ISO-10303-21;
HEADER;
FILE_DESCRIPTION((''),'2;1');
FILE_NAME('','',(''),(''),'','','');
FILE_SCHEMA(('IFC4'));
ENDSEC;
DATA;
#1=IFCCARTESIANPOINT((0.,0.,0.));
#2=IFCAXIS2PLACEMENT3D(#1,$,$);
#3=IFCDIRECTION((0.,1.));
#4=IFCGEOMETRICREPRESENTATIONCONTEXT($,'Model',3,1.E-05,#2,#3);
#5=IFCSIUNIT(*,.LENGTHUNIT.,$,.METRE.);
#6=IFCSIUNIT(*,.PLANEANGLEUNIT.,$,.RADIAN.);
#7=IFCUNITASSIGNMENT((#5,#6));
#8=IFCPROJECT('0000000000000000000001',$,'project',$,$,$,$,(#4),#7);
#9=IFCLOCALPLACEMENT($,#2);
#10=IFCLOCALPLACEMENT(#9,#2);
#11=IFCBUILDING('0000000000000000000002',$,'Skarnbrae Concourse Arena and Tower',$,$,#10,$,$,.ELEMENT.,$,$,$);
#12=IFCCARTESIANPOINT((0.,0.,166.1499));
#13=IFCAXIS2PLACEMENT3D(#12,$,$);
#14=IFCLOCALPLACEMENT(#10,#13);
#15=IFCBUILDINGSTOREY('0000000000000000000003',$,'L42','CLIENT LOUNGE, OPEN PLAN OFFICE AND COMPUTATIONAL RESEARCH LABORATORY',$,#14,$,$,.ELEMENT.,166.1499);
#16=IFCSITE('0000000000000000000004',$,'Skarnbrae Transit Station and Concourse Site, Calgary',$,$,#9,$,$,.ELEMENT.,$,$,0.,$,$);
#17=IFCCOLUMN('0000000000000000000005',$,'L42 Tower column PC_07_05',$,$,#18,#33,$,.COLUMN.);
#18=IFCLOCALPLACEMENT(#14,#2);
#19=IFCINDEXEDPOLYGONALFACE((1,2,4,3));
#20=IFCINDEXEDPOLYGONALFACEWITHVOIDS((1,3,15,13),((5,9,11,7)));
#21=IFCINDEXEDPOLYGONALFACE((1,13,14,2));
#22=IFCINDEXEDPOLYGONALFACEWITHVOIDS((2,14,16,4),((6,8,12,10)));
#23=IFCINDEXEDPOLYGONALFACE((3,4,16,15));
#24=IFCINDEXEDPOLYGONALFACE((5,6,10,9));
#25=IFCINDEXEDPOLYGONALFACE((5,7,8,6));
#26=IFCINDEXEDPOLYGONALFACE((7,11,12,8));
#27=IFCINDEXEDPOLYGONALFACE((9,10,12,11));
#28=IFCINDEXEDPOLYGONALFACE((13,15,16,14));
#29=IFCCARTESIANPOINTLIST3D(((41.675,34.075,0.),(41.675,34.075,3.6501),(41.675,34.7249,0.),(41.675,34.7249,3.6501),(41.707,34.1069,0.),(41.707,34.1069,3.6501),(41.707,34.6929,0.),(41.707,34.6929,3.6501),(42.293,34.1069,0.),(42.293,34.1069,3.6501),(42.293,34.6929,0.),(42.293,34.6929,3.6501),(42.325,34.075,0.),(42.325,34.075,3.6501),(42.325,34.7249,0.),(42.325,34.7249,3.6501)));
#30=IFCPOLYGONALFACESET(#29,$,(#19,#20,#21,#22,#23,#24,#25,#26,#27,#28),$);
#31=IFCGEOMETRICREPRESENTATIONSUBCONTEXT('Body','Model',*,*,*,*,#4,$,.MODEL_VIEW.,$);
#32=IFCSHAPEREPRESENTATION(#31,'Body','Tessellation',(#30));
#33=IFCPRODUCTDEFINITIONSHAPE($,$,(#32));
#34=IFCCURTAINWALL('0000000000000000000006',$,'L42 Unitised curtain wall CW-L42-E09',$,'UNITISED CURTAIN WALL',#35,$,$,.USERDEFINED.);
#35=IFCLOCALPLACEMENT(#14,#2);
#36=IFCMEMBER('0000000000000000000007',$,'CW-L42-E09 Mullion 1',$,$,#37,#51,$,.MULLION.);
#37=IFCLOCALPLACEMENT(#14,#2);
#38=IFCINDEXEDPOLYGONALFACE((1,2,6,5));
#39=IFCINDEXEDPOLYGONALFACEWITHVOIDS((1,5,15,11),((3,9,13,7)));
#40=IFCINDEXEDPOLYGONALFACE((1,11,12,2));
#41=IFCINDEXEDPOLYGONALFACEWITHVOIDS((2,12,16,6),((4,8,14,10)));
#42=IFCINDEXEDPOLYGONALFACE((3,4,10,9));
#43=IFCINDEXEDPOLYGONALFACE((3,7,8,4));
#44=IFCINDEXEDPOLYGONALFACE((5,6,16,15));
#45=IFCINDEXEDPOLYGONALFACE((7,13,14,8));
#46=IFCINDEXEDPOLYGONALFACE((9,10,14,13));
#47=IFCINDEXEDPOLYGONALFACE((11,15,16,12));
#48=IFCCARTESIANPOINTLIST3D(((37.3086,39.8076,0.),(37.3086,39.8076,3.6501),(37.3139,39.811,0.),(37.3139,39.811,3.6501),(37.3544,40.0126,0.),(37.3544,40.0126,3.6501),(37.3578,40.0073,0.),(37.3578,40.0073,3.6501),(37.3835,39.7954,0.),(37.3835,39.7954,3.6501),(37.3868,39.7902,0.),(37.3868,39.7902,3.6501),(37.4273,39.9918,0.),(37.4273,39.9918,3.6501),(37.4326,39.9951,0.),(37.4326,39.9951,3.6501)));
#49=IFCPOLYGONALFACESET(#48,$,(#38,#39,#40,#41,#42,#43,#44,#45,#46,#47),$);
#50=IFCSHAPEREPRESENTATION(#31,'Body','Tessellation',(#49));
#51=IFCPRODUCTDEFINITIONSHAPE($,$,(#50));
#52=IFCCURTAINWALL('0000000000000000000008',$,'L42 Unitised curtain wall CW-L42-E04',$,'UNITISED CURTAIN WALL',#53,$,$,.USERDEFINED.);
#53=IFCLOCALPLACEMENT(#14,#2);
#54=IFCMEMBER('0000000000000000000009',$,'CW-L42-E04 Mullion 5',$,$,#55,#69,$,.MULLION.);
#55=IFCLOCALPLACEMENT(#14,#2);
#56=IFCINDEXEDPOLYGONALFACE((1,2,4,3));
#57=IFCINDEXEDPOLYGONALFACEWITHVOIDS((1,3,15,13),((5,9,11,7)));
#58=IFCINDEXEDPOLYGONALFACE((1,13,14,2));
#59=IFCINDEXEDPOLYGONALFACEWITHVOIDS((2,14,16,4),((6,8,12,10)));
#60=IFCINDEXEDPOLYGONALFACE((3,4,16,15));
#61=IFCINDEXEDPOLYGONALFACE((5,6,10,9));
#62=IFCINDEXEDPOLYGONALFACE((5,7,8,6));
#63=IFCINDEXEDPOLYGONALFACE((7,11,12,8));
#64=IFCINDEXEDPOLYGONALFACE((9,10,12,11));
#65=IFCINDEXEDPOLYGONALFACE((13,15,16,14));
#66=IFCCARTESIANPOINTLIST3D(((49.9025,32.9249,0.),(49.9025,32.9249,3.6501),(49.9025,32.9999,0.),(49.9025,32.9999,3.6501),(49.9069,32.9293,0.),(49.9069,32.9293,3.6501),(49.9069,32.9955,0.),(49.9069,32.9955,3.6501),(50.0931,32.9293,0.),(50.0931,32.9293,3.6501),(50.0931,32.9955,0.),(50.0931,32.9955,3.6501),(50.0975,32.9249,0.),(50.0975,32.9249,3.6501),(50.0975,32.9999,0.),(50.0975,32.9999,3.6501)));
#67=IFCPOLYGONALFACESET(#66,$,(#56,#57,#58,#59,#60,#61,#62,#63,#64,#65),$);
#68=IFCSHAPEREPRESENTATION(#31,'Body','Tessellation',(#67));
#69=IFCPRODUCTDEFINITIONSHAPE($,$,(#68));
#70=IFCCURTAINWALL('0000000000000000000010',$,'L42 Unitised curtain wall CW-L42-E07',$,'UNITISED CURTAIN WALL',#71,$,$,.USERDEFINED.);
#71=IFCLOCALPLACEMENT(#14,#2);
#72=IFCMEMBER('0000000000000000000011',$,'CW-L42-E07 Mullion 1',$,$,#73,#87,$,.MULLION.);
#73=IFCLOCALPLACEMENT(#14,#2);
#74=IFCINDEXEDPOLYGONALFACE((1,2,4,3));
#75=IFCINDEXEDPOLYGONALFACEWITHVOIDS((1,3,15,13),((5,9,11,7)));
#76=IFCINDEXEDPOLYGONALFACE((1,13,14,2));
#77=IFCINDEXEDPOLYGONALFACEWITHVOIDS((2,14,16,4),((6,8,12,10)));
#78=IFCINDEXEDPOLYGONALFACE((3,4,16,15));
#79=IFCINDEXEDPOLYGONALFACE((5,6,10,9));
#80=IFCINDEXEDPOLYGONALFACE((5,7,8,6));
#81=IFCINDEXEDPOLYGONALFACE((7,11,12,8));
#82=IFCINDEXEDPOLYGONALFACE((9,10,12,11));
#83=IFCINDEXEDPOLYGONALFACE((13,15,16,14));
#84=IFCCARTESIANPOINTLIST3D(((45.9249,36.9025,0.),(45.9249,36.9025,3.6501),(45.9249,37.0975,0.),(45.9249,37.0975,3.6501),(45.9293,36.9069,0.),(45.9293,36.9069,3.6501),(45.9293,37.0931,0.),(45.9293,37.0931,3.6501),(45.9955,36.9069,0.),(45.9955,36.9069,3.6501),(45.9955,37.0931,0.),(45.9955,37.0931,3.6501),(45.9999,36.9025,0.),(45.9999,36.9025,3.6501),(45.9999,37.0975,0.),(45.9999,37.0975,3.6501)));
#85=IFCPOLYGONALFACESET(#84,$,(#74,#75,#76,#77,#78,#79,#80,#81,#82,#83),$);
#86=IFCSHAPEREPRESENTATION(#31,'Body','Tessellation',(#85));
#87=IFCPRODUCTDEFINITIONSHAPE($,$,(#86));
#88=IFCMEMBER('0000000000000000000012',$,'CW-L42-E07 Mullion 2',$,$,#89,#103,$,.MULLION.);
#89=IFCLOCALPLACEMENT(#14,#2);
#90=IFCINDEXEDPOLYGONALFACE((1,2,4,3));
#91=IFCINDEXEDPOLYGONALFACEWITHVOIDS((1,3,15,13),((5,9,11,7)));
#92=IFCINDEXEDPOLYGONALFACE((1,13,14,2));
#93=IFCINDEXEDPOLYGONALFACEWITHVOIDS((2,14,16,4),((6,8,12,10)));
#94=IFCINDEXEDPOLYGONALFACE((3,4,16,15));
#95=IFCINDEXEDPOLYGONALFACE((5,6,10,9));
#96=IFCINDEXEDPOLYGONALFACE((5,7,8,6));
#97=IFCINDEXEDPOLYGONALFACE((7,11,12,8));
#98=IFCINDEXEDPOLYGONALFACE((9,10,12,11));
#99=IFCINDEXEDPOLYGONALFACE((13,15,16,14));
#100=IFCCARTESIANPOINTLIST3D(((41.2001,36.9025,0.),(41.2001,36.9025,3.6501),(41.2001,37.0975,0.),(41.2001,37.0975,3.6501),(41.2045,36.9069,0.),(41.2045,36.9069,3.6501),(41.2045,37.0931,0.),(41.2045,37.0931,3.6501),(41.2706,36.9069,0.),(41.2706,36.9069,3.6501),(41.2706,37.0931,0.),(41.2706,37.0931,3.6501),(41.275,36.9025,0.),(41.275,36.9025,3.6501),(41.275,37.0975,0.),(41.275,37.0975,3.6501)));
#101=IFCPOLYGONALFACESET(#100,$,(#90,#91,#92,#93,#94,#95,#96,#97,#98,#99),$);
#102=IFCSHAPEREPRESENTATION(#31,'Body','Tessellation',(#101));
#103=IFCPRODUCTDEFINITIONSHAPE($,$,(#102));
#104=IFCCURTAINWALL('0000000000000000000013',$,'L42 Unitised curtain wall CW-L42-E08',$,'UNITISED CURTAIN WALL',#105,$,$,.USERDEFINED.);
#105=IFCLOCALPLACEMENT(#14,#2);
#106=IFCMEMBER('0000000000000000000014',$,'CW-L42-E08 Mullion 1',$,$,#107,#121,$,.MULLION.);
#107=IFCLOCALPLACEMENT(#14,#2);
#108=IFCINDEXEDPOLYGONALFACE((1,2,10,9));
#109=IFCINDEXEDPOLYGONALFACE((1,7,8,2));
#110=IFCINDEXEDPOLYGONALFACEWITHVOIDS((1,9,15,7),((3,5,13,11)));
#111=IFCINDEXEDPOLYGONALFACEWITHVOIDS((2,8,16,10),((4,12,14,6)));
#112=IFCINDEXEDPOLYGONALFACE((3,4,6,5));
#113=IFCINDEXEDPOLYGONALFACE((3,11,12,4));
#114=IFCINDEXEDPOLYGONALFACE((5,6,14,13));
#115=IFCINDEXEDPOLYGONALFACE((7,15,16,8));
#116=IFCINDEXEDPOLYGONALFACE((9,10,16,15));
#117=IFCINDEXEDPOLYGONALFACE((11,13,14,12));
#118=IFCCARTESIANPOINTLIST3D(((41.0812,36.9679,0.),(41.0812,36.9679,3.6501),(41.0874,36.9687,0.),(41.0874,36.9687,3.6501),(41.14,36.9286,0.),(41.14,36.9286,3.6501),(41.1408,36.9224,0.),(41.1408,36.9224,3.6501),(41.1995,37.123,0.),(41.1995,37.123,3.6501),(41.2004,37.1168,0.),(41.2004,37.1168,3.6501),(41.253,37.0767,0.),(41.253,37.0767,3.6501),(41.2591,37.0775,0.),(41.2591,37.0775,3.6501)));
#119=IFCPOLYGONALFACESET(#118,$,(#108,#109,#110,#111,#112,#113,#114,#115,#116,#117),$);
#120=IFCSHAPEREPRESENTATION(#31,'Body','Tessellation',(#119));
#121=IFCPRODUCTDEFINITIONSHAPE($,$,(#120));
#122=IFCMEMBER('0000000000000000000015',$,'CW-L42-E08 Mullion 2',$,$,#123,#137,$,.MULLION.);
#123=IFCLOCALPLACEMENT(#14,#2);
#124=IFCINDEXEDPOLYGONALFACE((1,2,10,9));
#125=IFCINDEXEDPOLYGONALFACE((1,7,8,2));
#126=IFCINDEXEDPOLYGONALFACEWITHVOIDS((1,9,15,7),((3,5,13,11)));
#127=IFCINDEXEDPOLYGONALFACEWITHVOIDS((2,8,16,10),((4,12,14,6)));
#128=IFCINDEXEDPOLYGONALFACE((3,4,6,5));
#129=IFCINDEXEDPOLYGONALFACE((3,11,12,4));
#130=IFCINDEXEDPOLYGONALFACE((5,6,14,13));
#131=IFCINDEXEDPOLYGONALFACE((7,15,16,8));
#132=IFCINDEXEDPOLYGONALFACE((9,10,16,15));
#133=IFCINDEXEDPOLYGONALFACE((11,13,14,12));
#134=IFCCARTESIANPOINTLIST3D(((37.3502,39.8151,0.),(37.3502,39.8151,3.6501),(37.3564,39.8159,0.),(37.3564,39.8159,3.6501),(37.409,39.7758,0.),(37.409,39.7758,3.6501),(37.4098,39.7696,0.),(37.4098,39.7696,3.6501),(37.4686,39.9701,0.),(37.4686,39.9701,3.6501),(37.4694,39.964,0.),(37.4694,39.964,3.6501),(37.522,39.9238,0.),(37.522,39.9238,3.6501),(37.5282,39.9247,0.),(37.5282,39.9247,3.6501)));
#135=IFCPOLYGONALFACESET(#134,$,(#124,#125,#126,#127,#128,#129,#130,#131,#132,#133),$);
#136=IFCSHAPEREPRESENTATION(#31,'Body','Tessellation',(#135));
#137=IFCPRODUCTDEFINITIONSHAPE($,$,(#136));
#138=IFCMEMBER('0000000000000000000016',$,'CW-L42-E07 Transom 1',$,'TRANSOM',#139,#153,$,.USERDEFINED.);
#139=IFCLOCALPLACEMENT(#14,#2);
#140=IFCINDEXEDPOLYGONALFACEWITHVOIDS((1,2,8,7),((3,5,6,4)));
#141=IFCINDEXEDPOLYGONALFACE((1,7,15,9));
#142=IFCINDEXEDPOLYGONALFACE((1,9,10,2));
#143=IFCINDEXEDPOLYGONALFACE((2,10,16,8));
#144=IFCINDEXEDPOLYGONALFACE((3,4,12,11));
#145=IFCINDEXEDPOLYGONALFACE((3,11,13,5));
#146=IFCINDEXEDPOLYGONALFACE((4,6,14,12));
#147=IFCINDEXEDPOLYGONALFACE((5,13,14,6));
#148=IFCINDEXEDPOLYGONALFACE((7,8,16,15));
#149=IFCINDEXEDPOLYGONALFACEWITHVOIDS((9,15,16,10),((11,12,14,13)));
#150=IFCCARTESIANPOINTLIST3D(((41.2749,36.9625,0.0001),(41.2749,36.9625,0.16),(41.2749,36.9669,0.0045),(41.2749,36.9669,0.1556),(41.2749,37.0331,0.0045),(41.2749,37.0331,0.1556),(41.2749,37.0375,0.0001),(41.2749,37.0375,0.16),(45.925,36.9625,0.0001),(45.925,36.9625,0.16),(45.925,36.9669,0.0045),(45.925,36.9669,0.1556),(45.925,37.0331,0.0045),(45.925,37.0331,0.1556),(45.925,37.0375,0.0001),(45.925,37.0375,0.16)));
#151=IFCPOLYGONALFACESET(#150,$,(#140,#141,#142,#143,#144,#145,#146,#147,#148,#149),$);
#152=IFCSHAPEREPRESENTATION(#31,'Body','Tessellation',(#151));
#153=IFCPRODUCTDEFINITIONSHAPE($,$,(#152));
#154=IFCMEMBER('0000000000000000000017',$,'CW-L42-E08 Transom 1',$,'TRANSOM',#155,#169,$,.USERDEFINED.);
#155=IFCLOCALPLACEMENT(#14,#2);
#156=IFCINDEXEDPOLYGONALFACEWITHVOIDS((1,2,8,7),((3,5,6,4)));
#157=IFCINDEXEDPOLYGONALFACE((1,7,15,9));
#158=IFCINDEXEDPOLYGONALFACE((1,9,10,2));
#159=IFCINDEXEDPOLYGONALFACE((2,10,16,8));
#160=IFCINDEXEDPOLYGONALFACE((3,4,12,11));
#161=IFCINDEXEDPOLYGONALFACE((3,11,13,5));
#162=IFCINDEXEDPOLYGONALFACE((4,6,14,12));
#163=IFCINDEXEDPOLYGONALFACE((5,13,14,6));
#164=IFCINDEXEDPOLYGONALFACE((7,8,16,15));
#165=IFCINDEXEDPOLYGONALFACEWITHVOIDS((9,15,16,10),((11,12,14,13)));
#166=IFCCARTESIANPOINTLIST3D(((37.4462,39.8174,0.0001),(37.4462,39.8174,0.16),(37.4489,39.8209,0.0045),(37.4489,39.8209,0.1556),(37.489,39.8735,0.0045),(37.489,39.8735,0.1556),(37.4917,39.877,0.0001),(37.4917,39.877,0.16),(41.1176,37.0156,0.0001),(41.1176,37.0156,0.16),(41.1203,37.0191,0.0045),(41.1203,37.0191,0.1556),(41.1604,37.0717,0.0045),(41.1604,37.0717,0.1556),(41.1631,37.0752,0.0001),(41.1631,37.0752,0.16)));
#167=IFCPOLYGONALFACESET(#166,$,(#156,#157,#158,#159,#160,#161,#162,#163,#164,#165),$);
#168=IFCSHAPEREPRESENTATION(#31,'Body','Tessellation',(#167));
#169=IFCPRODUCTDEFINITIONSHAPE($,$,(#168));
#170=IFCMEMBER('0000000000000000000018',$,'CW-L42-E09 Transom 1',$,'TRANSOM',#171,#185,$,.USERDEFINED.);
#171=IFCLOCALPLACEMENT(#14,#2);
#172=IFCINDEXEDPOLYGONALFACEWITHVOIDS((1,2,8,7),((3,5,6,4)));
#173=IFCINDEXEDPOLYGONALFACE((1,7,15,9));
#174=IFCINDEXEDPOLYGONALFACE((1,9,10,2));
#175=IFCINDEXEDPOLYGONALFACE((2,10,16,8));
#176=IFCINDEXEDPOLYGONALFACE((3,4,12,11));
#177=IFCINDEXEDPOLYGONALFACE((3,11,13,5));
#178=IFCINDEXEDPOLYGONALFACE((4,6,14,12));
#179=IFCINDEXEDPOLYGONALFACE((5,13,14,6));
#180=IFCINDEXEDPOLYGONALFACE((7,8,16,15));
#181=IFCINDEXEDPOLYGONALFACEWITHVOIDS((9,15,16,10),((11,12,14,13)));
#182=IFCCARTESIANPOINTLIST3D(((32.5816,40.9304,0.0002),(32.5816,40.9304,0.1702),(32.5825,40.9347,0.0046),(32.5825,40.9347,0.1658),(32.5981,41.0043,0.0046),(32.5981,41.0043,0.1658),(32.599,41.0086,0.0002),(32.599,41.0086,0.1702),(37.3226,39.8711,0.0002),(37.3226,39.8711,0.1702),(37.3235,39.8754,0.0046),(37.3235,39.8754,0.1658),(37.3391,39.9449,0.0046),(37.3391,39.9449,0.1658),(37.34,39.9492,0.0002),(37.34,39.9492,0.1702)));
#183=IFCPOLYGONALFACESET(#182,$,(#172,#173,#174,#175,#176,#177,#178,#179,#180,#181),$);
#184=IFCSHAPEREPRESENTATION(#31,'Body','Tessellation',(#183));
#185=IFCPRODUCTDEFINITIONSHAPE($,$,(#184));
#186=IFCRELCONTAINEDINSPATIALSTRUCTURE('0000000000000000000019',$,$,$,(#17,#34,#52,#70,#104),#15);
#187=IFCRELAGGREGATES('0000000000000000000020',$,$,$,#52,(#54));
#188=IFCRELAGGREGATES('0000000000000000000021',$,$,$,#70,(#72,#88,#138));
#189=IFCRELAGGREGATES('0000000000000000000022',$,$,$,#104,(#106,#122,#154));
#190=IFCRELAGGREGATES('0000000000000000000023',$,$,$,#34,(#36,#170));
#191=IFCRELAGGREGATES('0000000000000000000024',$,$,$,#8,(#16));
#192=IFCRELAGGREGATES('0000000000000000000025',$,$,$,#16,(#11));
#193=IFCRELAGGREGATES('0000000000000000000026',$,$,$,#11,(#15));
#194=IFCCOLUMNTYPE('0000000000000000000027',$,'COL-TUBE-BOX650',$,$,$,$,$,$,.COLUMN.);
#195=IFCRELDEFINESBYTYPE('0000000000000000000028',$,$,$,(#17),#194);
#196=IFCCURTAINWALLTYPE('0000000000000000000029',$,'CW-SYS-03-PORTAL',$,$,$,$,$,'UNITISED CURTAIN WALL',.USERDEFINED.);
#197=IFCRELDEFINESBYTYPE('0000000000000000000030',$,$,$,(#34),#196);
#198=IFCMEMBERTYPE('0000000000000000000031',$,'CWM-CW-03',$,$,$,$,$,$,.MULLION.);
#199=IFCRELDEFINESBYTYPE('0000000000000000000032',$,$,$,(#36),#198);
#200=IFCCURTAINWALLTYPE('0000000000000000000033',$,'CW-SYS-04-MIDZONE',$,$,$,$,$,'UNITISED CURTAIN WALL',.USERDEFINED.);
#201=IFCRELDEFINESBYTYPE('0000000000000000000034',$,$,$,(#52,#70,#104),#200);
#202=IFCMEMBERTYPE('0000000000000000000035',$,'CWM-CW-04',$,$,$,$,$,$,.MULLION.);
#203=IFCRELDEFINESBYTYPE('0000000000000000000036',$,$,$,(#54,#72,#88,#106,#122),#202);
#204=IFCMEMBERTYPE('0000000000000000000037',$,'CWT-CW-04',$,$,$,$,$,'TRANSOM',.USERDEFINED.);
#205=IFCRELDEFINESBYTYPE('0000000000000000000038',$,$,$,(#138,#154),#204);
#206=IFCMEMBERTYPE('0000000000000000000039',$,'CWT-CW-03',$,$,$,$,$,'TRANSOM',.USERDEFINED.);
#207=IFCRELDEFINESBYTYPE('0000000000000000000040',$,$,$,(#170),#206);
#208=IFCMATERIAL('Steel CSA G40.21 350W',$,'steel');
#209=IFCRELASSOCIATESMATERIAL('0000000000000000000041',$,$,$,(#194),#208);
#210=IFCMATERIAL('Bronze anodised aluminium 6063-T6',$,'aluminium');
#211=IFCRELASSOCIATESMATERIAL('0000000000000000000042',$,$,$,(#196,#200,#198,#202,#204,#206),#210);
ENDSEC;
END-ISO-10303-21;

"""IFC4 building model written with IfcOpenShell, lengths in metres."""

from ifc_helpers import new_model, si_unit, direction, frame, origin, origin_2d, place, context, subcontext, project, spatial, hollow_rectangle, extrude, source, transform, mapped, material, material_profile, profile_set, type_object, element, aggregate, save


model = new_model("IFC4")

# Units and contexts
model_context = context("Model", 3, precision=1e-05, world=origin(), true_north=direction((0.0, 1.0)))
body_context = subcontext(model_context, "Body", "Model", "MODEL_VIEW")
ifc_project = project(units=[si_unit("LENGTHUNIT", "METRE"), si_unit("PLANEANGLEUNIT", "RADIAN")], contexts=[model_context])

# Site, building, storey
site_placement = place(None, origin())
site = spatial("IfcSite", under=ifc_project, at=site_placement, Name="Skarnbrae Transit Station and Concourse Site, Calgary", CompositionType="ELEMENT", RefElevation=0.0)
building_placement = place(site_placement, origin())
building = spatial("IfcBuilding", under=site, at=building_placement, Name="Skarnbrae Concourse Arena and Tower", CompositionType="ELEMENT")
storey_placement = place(building_placement, frame((0.0, 0.0, 166.1499)))
storey = spatial("IfcBuildingStorey", under=building, at=storey_placement, Name="L42", Description="CLIENT LOUNGE, OPEN PLAN OFFICE AND COMPUTATIONAL RESEARCH LABORATORY", CompositionType="ELEMENT", Elevation=166.1499)

# Column
ifc_material_1 = material(Name="Steel CSA G40.21 350W", Category="steel")
ifc_material_profile_1 = material_profile(ifc_material_1, hollow_rectangle(XDim=0.6499, YDim=0.6499, WallThickness=0.032, at=origin_2d()), Name="BOX650X650X32")
ifc_profile_set_1 = profile_set([ifc_material_profile_1], Name="Steel CSA G40.21 350W")
column_type = type_object("IfcColumnType", Name="COL-TUBE-BOX650", PredefinedType="COLUMN", material=ifc_profile_set_1)
shared_shape_1 = source(origin(), body_context, "Body", "SweptSolid", [
    extrude(hollow_rectangle(XDim=0.6499, YDim=0.6499, WallThickness=0.032, at=origin_2d()), origin(), (0.0, 0.0, 1.0), 3.6501),
])
column_placement = place(storey_placement, frame((42.0, 34.3999, 0.0), z_axis=(0.0, 0.0, 1.0), x_axis=(1.0, 0.0, 0.0)))
element("IfcColumn", 1, at=column_placement, inside=storey, type_object=column_type, Name="L42 Tower column PC_07_05", PredefinedType="COLUMN", context=body_context, shape_type="MappedRepresentation", body=[
    mapped(shared_shape_1, transform((0.0, 0.0, 0.0))),
])

# Curtain walls, members
ifc_material_2 = material(Name="Bronze anodised aluminium 6063-T6", Category="aluminium")
curtain_wall_type_1 = type_object("IfcCurtainWallType", Name="CW-SYS-03-PORTAL", ElementType="UNITISED CURTAIN WALL", PredefinedType="USERDEFINED", material=ifc_material_2)
curtain_wall_1_placement = place(storey_placement, origin())
curtain_wall_1 = element("IfcCurtainWall", 2, at=curtain_wall_1_placement, inside=storey, type_object=curtain_wall_type_1, Name="L42 Unitised curtain wall CW-L42-E09", ObjectType="UNITISED CURTAIN WALL", PredefinedType="USERDEFINED")
ifc_material_profile_2 = material_profile(ifc_material_2, hollow_rectangle(XDim=0.0801, YDim=0.21, WallThickness=0.0044, at=origin_2d()), Name="ALU-MULL-80X210")
ifc_profile_set_2 = profile_set([ifc_material_profile_2], Name="Bronze anodised aluminium 6063-T6")
member_type_1 = type_object("IfcMemberType", Name="CWM-CW-03", PredefinedType="MULLION", material=ifc_profile_set_2)
shared_shape_2 = source(origin(), body_context, "Body", "SweptSolid", [
    extrude(hollow_rectangle(XDim=0.0801, YDim=0.21, WallThickness=0.0044, at=origin_2d()), origin(), (0.0, 0.0, 1.0), 3.6501),
])
member_1_placement = place(storey_placement, frame((37.3706, 39.9014, 0.0), z_axis=(0.0, 0.0, 1.0), x_axis=(-0.975936, 0.218056, 0.0)))
member_1 = element("IfcMember", 3, at=member_1_placement, type_object=member_type_1, Name="CW-L42-E09 Mullion 1", PredefinedType="MULLION", context=body_context, shape_type="MappedRepresentation", body=[
    mapped(shared_shape_2, transform((0.0, 0.0, 0.0))),
])
curtain_wall_type_2 = type_object("IfcCurtainWallType", Name="CW-SYS-04-MIDZONE", ElementType="UNITISED CURTAIN WALL", PredefinedType="USERDEFINED", material=ifc_material_2)
curtain_wall_2_placement = place(storey_placement, origin())
curtain_wall_2 = element("IfcCurtainWall", 4, at=curtain_wall_2_placement, inside=storey, type_object=curtain_wall_type_2, Name="L42 Unitised curtain wall CW-L42-E04", ObjectType="UNITISED CURTAIN WALL", PredefinedType="USERDEFINED")
ifc_material_profile_3 = material_profile(ifc_material_2, hollow_rectangle(XDim=0.075, YDim=0.1951, WallThickness=0.0044, at=origin_2d()), Name="ALU-MULL-75X195")
ifc_profile_set_3 = profile_set([ifc_material_profile_3], Name="Bronze anodised aluminium 6063-T6")
member_type_2 = type_object("IfcMemberType", Name="CWM-CW-04", PredefinedType="MULLION", material=ifc_profile_set_3)
shared_shape_3 = source(origin(), body_context, "Body", "SweptSolid", [
    extrude(hollow_rectangle(XDim=0.075, YDim=0.1951, WallThickness=0.0044, at=origin_2d()), origin(), (0.0, 0.0, 1.0), 3.6501),
])
member_2_placement = place(storey_placement, frame((50.0, 32.9624, 0.0), z_axis=(0.0, 0.0, 1.0), x_axis=(0.0, 1.0, 0.0)))
member_2 = element("IfcMember", 5, at=member_2_placement, type_object=member_type_2, Name="CW-L42-E04 Mullion 5", PredefinedType="MULLION", context=body_context, shape_type="MappedRepresentation", body=[
    mapped(shared_shape_3, transform((0.0, 0.0, 0.0))),
])
aggregate(curtain_wall_2, [member_2])

# Curtain walls, members
curtain_wall_3_placement = place(storey_placement, origin())
curtain_wall_3 = element("IfcCurtainWall", 6, at=curtain_wall_3_placement, inside=storey, type_object=curtain_wall_type_2, Name="L42 Unitised curtain wall CW-L42-E07", ObjectType="UNITISED CURTAIN WALL", PredefinedType="USERDEFINED")
member_3_placement = place(storey_placement, frame((45.9624, 37.0, 0.0), z_axis=(0.0, 0.0, 1.0), x_axis=(-1.0, 0.0, 0.0)))
member_3 = element("IfcMember", 7, at=member_3_placement, type_object=member_type_2, Name="CW-L42-E07 Mullion 1", PredefinedType="MULLION", context=body_context, shape_type="MappedRepresentation", body=[
    mapped(shared_shape_3, transform((0.0, 0.0, 0.0))),
])
member_4_placement = place(storey_placement, frame((41.2375, 37.0, 0.0), z_axis=(0.0, 0.0, 1.0), x_axis=(-1.0, 0.0, 0.0)))
member_4 = element("IfcMember", 8, at=member_4_placement, type_object=member_type_2, Name="CW-L42-E07 Mullion 2", PredefinedType="MULLION", context=body_context, shape_type="MappedRepresentation", body=[
    mapped(shared_shape_3, transform((0.0, 0.0, 0.0))),
])
curtain_wall_4_placement = place(storey_placement, origin())
curtain_wall_4 = element("IfcCurtainWall", 9, at=curtain_wall_4_placement, inside=storey, type_object=curtain_wall_type_2, Name="L42 Unitised curtain wall CW-L42-E08", ObjectType="UNITISED CURTAIN WALL", PredefinedType="USERDEFINED")
member_5_placement = place(storey_placement, frame((41.1702, 37.0227, 0.0), z_axis=(0.0, 0.0, 1.0), x_axis=(-0.794956, 0.606667, 0.0)))
member_5 = element("IfcMember", 10, at=member_5_placement, type_object=member_type_2, Name="CW-L42-E08 Mullion 1", PredefinedType="MULLION", context=body_context, shape_type="MappedRepresentation", body=[
    mapped(shared_shape_3, transform((0.0, 0.0, 0.0))),
])
member_6_placement = place(storey_placement, frame((37.4392, 39.8699, 0.0), z_axis=(0.0, 0.0, 1.0), x_axis=(-0.794956, 0.606667, 0.0)))
member_6 = element("IfcMember", 11, at=member_6_placement, type_object=member_type_2, Name="CW-L42-E08 Mullion 2", PredefinedType="MULLION", context=body_context, shape_type="MappedRepresentation", body=[
    mapped(shared_shape_3, transform((0.0, 0.0, 0.0))),
])

# Members
ifc_material_profile_4 = material_profile(ifc_material_2, hollow_rectangle(XDim=0.075, YDim=0.1599, WallThickness=0.0044, at=origin_2d()), Name="ALU-TRAN-75X160")
ifc_profile_set_4 = profile_set([ifc_material_profile_4], Name="Bronze anodised aluminium 6063-T6")
member_type_3 = type_object("IfcMemberType", Name="CWT-CW-04", ElementType="TRANSOM", PredefinedType="USERDEFINED", material=ifc_profile_set_4)
shared_shape_4 = source(origin(), body_context, "Body", "SweptSolid", [
    extrude(hollow_rectangle(XDim=0.075, YDim=0.1599, WallThickness=0.0044, at=origin_2d()), origin(), (0.0, 0.0, 1.0), 4.6501),
])
member_7_placement = place(storey_placement, frame((45.925, 37.0, 0.0801), z_axis=(-1.0, 0.0, 0.0), x_axis=(0.0, -1.0, 0.0)))
member_7 = element("IfcMember", 12, at=member_7_placement, type_object=member_type_3, Name="CW-L42-E07 Transom 1", ObjectType="TRANSOM", PredefinedType="USERDEFINED", context=body_context, shape_type="MappedRepresentation", body=[
    mapped(shared_shape_4, transform((0.0, 0.0, 0.0))),
])
shared_shape_5 = source(origin(), body_context, "Body", "SweptSolid", [
    extrude(hollow_rectangle(XDim=0.075, YDim=0.1599, WallThickness=0.0044, at=origin_2d()), origin(), (0.0, 0.0, 1.0), 4.6184),
])
member_8_placement = place(storey_placement, frame((41.1404, 37.0454, 0.0801), z_axis=(-0.794961, 0.606661, 0.0), x_axis=(-0.606661, -0.794961, 0.0)))
member_8 = element("IfcMember", 13, at=member_8_placement, type_object=member_type_3, Name="CW-L42-E08 Transom 1", ObjectType="TRANSOM", PredefinedType="USERDEFINED", context=body_context, shape_type="MappedRepresentation", body=[
    mapped(shared_shape_5, transform((0.0, 0.0, 0.0))),
])
ifc_material_profile_5 = material_profile(ifc_material_2, hollow_rectangle(XDim=0.0801, YDim=0.1699, WallThickness=0.0044, at=origin_2d()), Name="ALU-TRAN-80X170")
ifc_profile_set_5 = profile_set([ifc_material_profile_5], Name="Bronze anodised aluminium 6063-T6")
member_type_4 = type_object("IfcMemberType", Name="CWT-CW-03", ElementType="TRANSOM", PredefinedType="USERDEFINED", material=ifc_profile_set_5)
shared_shape_6 = source(origin(), body_context, "Body", "SweptSolid", [
    extrude(hollow_rectangle(XDim=0.0801, YDim=0.1699, WallThickness=0.0044, at=origin_2d()), origin(), (0.0, 0.0, 1.0), 4.8579),
])
member_9_placement = place(storey_placement, frame((37.3313, 39.9102, 0.0852), z_axis=(-0.975935, 0.218064, 0.0), x_axis=(-0.218064, -0.975935, 0.0)))
member_9 = element("IfcMember", 14, at=member_9_placement, type_object=member_type_4, Name="CW-L42-E09 Transom 1", ObjectType="TRANSOM", PredefinedType="USERDEFINED", context=body_context, shape_type="MappedRepresentation", body=[
    mapped(shared_shape_6, transform((0.0, 0.0, 0.0))),
])

aggregate(curtain_wall_3, [member_3, member_4, member_7])
aggregate(curtain_wall_4, [member_5, member_6, member_8])
aggregate(curtain_wall_1, [member_1, member_9])

save(model, "model.ifc")
